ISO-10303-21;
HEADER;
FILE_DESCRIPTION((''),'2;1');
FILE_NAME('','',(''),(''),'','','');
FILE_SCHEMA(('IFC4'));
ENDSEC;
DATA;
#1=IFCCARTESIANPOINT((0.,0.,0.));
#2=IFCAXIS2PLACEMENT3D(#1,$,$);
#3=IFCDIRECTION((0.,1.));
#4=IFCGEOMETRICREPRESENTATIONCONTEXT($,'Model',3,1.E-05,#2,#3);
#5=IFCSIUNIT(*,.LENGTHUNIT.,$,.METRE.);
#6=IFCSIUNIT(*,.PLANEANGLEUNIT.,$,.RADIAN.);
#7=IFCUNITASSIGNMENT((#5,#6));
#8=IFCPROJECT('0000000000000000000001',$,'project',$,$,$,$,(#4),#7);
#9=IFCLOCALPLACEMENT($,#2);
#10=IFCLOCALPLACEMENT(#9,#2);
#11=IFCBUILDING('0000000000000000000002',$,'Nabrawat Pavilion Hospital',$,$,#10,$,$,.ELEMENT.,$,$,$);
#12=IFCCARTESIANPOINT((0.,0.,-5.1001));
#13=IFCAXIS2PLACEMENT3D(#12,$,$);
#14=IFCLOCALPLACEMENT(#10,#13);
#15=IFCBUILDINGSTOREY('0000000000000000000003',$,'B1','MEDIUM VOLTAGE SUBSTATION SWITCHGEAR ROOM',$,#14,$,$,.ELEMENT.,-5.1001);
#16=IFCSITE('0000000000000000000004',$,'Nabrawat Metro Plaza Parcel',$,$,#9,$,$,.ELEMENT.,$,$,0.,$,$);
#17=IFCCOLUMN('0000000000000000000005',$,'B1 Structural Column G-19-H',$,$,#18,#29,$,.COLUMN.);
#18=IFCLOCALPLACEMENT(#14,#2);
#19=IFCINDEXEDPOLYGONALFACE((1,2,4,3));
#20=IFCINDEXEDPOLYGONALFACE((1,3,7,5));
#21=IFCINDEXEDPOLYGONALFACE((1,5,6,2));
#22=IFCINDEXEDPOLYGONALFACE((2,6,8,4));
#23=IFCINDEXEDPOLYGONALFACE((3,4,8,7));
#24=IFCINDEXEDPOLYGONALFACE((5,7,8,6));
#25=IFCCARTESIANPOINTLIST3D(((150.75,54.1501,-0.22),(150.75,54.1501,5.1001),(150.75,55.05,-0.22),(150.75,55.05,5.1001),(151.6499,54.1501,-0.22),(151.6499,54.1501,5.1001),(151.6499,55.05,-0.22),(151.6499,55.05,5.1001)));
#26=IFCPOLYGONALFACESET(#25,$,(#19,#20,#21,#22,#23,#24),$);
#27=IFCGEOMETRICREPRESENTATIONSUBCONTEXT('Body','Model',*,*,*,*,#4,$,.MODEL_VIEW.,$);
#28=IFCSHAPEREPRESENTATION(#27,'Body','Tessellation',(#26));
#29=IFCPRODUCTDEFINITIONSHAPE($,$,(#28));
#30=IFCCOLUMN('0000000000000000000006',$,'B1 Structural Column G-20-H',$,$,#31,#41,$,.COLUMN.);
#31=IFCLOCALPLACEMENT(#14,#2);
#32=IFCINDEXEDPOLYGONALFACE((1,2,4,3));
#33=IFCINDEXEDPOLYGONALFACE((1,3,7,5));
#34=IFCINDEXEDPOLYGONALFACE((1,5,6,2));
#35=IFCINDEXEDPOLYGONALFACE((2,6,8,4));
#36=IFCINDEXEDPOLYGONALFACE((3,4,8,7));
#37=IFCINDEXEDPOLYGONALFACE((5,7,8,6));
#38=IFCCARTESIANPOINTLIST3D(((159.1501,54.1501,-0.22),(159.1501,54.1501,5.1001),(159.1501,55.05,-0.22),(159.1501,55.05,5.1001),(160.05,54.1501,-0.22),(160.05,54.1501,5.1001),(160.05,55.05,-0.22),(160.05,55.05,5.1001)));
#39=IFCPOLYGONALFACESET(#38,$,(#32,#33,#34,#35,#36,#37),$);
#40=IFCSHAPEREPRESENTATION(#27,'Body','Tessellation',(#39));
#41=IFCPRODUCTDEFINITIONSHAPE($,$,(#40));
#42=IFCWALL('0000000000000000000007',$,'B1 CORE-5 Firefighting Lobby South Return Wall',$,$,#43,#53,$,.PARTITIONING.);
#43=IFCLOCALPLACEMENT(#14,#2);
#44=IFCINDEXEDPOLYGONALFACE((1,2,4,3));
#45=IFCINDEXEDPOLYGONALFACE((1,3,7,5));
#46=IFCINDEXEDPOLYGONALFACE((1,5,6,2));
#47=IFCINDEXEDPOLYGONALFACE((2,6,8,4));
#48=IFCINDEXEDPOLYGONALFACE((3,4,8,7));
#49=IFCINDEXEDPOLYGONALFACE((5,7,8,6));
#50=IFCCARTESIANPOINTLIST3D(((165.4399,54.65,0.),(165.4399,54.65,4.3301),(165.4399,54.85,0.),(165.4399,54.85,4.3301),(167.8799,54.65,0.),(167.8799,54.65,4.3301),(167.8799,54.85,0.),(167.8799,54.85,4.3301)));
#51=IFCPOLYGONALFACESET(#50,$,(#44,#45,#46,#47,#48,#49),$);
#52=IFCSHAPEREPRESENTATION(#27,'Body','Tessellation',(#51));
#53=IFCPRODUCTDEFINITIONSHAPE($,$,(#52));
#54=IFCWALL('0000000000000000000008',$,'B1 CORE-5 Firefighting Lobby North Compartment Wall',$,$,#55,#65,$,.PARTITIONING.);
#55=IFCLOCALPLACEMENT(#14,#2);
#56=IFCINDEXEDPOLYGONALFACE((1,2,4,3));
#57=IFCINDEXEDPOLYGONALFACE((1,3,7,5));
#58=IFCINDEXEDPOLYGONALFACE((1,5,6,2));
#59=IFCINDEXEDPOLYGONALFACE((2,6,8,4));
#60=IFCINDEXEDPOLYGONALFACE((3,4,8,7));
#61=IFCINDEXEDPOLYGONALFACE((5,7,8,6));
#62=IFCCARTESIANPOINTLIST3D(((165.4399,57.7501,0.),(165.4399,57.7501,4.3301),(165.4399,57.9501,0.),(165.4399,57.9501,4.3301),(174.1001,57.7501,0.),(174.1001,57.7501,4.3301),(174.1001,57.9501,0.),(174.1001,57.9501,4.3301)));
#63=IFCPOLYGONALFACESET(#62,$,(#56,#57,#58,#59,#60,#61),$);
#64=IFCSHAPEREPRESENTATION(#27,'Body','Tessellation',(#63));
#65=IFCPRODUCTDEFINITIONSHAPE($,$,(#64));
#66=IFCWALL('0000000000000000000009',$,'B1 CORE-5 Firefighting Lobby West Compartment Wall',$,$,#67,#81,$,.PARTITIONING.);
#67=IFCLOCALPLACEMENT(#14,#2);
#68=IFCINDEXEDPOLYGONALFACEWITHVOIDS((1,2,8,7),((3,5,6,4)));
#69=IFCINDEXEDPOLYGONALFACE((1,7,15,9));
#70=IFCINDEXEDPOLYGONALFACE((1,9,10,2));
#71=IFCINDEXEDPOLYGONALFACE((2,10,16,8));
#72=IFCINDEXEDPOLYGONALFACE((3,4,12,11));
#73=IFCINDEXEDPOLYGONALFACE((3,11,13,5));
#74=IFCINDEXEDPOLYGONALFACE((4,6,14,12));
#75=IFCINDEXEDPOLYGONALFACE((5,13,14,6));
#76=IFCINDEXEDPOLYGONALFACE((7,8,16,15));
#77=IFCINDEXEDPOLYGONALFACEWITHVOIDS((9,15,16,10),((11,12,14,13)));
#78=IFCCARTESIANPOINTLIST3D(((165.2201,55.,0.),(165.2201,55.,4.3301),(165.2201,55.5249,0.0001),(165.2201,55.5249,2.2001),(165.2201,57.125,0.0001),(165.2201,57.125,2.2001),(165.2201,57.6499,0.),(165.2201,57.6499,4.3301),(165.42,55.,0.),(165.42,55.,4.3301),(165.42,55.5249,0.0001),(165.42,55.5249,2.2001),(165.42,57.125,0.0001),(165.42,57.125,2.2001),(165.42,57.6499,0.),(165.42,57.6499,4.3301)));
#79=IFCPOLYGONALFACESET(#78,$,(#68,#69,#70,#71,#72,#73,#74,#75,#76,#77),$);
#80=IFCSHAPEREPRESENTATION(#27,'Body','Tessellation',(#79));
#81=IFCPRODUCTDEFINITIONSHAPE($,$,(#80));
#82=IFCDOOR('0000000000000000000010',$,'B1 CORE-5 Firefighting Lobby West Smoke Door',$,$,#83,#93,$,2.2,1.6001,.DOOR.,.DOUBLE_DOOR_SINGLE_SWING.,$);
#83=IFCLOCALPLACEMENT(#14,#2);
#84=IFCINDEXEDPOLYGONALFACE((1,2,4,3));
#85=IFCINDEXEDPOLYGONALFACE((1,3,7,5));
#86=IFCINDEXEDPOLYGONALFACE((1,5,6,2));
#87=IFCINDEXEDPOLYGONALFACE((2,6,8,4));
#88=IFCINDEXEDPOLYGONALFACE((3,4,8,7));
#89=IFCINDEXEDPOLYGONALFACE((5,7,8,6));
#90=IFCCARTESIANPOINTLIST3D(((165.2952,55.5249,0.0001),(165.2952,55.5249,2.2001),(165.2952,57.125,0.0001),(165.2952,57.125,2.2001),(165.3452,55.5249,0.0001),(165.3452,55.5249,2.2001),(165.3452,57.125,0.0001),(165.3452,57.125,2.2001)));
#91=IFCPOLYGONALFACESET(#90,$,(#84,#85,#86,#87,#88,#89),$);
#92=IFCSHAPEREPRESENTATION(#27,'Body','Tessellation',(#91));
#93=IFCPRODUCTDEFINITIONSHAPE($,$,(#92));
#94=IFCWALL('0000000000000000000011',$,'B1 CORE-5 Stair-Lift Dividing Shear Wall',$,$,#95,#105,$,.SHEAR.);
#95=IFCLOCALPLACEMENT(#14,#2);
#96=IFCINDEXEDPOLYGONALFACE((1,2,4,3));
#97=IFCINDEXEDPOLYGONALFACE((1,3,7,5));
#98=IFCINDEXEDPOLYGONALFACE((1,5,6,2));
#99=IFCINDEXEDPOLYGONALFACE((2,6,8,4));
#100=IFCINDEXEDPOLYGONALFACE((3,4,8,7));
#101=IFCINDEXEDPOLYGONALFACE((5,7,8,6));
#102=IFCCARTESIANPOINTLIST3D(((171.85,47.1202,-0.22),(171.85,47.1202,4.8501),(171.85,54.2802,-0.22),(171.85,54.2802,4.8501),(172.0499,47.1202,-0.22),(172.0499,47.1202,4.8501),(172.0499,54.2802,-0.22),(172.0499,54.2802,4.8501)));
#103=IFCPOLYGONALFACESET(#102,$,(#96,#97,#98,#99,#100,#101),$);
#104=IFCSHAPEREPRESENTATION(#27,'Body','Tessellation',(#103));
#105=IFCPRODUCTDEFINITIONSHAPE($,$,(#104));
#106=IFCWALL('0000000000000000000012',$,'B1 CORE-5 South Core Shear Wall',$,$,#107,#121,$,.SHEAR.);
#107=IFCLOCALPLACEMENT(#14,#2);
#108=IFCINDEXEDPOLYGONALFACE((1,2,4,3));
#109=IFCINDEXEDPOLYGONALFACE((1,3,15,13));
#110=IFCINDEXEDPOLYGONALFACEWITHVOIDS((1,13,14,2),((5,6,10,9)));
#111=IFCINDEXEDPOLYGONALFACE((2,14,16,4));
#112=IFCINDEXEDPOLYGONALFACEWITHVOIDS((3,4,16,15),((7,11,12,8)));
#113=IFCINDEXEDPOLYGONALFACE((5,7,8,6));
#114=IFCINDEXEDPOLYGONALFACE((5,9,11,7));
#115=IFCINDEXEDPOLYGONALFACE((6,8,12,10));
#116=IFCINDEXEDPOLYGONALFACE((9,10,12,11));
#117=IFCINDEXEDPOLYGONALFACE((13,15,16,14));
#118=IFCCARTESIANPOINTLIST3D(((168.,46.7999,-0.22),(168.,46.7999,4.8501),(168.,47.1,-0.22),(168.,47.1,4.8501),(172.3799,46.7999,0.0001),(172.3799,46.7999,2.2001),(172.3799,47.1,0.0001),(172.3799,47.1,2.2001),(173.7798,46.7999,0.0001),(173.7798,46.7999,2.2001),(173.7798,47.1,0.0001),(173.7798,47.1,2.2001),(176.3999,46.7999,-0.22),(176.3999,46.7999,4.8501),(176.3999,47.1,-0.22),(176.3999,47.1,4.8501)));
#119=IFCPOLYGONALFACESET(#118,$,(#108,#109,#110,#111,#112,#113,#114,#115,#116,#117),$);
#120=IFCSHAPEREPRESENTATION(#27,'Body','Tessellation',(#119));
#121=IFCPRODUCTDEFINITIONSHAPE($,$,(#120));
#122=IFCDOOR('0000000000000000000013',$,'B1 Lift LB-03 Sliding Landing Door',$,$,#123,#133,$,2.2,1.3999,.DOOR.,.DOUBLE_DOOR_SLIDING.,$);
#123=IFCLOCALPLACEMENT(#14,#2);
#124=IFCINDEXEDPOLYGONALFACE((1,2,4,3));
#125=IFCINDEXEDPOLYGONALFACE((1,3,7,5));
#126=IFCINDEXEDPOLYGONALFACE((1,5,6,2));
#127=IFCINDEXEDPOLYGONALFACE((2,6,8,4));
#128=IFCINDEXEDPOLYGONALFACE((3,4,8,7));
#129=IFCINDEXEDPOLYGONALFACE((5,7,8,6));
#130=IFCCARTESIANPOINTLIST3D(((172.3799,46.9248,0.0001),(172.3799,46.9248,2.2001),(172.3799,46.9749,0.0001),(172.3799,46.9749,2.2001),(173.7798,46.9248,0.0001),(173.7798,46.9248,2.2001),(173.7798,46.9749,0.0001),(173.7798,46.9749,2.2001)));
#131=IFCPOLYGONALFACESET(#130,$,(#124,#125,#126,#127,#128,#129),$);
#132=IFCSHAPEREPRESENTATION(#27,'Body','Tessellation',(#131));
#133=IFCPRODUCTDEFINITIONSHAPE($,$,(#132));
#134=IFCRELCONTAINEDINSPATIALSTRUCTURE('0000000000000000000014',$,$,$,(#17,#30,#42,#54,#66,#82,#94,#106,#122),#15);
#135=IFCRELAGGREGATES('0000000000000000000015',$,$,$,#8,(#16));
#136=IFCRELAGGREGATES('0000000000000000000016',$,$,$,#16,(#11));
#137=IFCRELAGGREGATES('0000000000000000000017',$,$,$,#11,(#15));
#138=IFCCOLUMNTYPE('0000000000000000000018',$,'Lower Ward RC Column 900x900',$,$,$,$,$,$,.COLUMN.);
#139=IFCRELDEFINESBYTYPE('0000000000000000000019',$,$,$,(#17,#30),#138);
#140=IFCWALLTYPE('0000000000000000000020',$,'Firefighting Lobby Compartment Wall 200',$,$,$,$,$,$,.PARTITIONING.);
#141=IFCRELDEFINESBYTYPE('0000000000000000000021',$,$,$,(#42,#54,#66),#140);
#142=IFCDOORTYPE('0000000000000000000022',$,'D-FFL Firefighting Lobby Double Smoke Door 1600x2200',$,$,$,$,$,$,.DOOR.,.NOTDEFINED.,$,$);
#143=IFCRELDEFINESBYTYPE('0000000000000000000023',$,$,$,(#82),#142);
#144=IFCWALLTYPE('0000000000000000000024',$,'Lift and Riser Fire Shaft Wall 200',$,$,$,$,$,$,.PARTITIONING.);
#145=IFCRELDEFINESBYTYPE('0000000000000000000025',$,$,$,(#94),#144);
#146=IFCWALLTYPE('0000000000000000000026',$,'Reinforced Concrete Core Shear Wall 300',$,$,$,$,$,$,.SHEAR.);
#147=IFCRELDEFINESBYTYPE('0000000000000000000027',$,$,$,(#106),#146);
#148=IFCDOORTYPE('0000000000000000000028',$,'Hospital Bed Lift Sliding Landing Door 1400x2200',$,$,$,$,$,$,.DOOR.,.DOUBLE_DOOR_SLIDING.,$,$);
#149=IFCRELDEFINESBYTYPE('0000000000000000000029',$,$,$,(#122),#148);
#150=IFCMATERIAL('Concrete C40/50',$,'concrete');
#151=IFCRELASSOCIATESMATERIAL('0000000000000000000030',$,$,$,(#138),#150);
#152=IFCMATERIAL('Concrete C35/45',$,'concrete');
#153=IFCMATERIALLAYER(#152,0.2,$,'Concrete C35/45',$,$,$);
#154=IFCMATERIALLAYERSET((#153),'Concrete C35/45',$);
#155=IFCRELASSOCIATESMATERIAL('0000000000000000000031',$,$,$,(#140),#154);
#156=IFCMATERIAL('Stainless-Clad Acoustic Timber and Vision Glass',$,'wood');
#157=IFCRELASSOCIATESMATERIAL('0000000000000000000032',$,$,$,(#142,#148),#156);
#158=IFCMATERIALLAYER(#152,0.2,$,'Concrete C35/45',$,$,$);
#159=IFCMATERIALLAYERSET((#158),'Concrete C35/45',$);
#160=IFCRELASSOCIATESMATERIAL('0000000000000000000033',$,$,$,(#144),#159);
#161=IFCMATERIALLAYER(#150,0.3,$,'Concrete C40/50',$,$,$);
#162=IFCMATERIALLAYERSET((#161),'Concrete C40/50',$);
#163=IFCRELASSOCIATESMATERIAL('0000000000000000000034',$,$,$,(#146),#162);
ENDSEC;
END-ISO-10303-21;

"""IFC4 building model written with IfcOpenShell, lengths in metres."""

from ifc_helpers import new_model, si_unit, direction, frame, frame_2d, origin, origin_2d, place, context, subcontext, project, spatial, rectangle, extrude, material, layer, layer_set, material_profile, profile_set, type_object, element, fill, save


model = new_model("IFC4")

# Units and contexts
model_context = context("Model", 3, precision=1e-05, world=origin(), true_north=direction((0.0, 1.0)))
body_context = subcontext(model_context, "Body", "Model", "MODEL_VIEW")
ifc_project = project(units=[si_unit("LENGTHUNIT", "METRE"), si_unit("PLANEANGLEUNIT", "RADIAN")], contexts=[model_context])

# Site, building, storey
site_placement = place(None, origin())
site = spatial("IfcSite", under=ifc_project, at=site_placement, Name="Nabrawat Metro Plaza Parcel", CompositionType="ELEMENT", RefElevation=0.0)
building_placement = place(site_placement, origin())
building = spatial("IfcBuilding", under=site, at=building_placement, Name="Nabrawat Pavilion Hospital", CompositionType="ELEMENT")
storey_placement = place(building_placement, frame((0.0, 0.0, -5.1001)))
storey = spatial("IfcBuildingStorey", under=building, at=storey_placement, Name="B1", Description="MEDIUM VOLTAGE SUBSTATION SWITCHGEAR ROOM", CompositionType="ELEMENT", Elevation=-5.1001)

# Shared definitions
ifc_material_1 = material(Name="Concrete C35/45", Category="concrete")

# Columns
ifc_material_2 = material(Name="Concrete C40/50", Category="concrete")
ifc_material_profile_1 = material_profile(ifc_material_2, rectangle(XDim=0.8999, YDim=0.8999, at=origin_2d()), Name="RC 900x900")
ifc_profile_set_1 = profile_set([ifc_material_profile_1], Name="Concrete C40/50")
column_type_1 = type_object("IfcColumnType", Name="Lower Ward RC Column 900x900", PredefinedType="COLUMN", material=ifc_profile_set_1)
for number, where, z_axis, x_axis, name in (
    (1, (151.2, 54.6001, -0.22), (0.0, 0.0, 1.0), (1.0, 0.0, 0.0), "B1 Structural Column G-19-H"),
    (2, (159.6001, 54.6001, -0.22), (0.0, 0.0, 1.0), (1.0, 0.0, 0.0), "B1 Structural Column G-20-H"),
):
    element("IfcColumn", number, at=place(storey_placement, frame(where, z_axis=z_axis, x_axis=x_axis)), inside=storey, type_object=column_type_1, Name=name, PredefinedType="COLUMN", context=body_context, shape_type="SweptSolid", body=[
        extrude(rectangle(XDim=0.8999, YDim=0.8999, at=origin_2d()), origin(), (0.0, 0.0, 1.0), 5.3201),
    ])

# Walls
ifc_layer_1 = layer(ifc_material_1, 0.2, Name="Concrete C35/45")
ifc_layer_set_1 = layer_set([ifc_layer_1], Name="Concrete C35/45")
wall_type_1 = type_object("IfcWallType", Name="Firefighting Lobby Compartment Wall 200", PredefinedType="PARTITIONING", material=ifc_layer_set_1)
wall_1_placement = place(storey_placement, frame((165.4399, 54.75, 0.0), z_axis=(0.0, 0.0, 1.0), x_axis=(1.0, 0.0, 0.0)))
element("IfcWall", 3, at=wall_1_placement, inside=storey, type_object=wall_type_1, Name="B1 CORE-5 Firefighting Lobby South Return Wall", PredefinedType="PARTITIONING", context=body_context, shape_type="SweptSolid", body=[
    extrude(rectangle(XDim=2.4399, YDim=0.2, at=frame_2d((1.22, 0.0))), origin(), (0.0, 0.0, 1.0), 4.3301),
])
wall_2_placement = place(storey_placement, frame((165.4399, 57.8501, 0.0), z_axis=(0.0, 0.0, 1.0), x_axis=(1.0, 0.0, 0.0)))
element("IfcWall", 4, at=wall_2_placement, inside=storey, type_object=wall_type_1, Name="B1 CORE-5 Firefighting Lobby North Compartment Wall", PredefinedType="PARTITIONING", context=body_context, shape_type="SweptSolid", body=[
    extrude(rectangle(XDim=8.6602, YDim=0.2, at=frame_2d((4.3301, 0.0))), origin(), (0.0, 0.0, 1.0), 4.3301),
])

# Wall, opening, door
wall_3_placement = place(storey_placement, frame((165.3201, 55.0, 0.0), z_axis=(0.0, 0.0, 1.0), x_axis=(0.0, 1.0, 0.0)))
wall_3 = element("IfcWall", 5, at=wall_3_placement, inside=storey, type_object=wall_type_1, Name="B1 CORE-5 Firefighting Lobby West Compartment Wall", PredefinedType="PARTITIONING", context=body_context, shape_type="SweptSolid", body=[
    extrude(rectangle(XDim=2.6499, YDim=0.2, at=frame_2d((1.325, 0.0))), origin(), (0.0, 0.0, 1.0), 4.3301),
])
opening_1_placement = place(wall_3_placement, frame((0.5249, 0.0, 0.0)))
opening_1 = element("IfcOpeningElement", 6, at=opening_1_placement, cuts=wall_3, PredefinedType="OPENING", context=body_context, shape_type="SweptSolid", body=[
    extrude(rectangle(XDim=1.6001, YDim=2.2, at=frame_2d((0.8, 1.1001))), frame((0.0, 0.1099, 0.0), z_axis=(0.0, -1.0, 0.0), x_axis=(1.0, 0.0, 0.0)), (0.0, 0.0, 1.0), 0.22),
])
ifc_material_3 = material(Name="Stainless-Clad Acoustic Timber and Vision Glass", Category="wood")
door_type_1 = type_object("IfcDoorType", Name="D-FFL Firefighting Lobby Double Smoke Door 1600x2200", OperationType="NOTDEFINED", PredefinedType="DOOR", material=ifc_material_3)
door_1_placement = place(opening_1_placement, origin())
door_1 = element("IfcDoor", 7, at=door_1_placement, inside=storey, type_object=door_type_1, Name="B1 CORE-5 Firefighting Lobby West Smoke Door", OperationType="DOUBLE_DOOR_SINGLE_SWING", OverallHeight=2.2, OverallWidth=1.6001, PredefinedType="DOOR", context=body_context, shape_type="SweptSolid", body=[
    extrude(rectangle(XDim=1.6001, YDim=2.2, at=frame_2d((0.8, 1.1001))), frame((0.0, 0.0249, 0.0), z_axis=(0.0, -1.0, 0.0), x_axis=(1.0, 0.0, 0.0)), (0.0, 0.0, 1.0), 0.05),
])
fill(opening_1, door_1)

# Wall
ifc_layer_2 = layer(ifc_material_1, 0.2, Name="Concrete C35/45")
ifc_layer_set_2 = layer_set([ifc_layer_2], Name="Concrete C35/45")
wall_type_2 = type_object("IfcWallType", Name="Lift and Riser Fire Shaft Wall 200", PredefinedType="PARTITIONING", material=ifc_layer_set_2)
wall_4_placement = place(storey_placement, frame((171.95, 47.1201, -0.22), z_axis=(0.0, 0.0, 1.0), x_axis=(0.0, 1.0, 0.0)))
element("IfcWall", 8, at=wall_4_placement, inside=storey, type_object=wall_type_2, Name="B1 CORE-5 Stair-Lift Dividing Shear Wall", PredefinedType="SHEAR", context=body_context, shape_type="SweptSolid", body=[
    extrude(rectangle(XDim=7.1599, YDim=0.2, at=frame_2d((3.5801, 0.0))), origin(), (0.0, 0.0, 1.0), 5.0701),
])

# Wall, opening, door
ifc_layer_3 = layer(ifc_material_2, 0.3, Name="Concrete C40/50")
ifc_layer_set_3 = layer_set([ifc_layer_3], Name="Concrete C40/50")
wall_type_3 = type_object("IfcWallType", Name="Reinforced Concrete Core Shear Wall 300", PredefinedType="SHEAR", material=ifc_layer_set_3)
wall_5_placement = place(storey_placement, frame((168.0, 46.95, -0.22), z_axis=(0.0, 0.0, 1.0), x_axis=(1.0, 0.0, 0.0)))
wall_5 = element("IfcWall", 9, at=wall_5_placement, inside=storey, type_object=wall_type_3, Name="B1 CORE-5 South Core Shear Wall", PredefinedType="SHEAR", context=body_context, shape_type="SweptSolid", body=[
    extrude(rectangle(XDim=8.3999, YDim=0.3, at=frame_2d((4.2, 0.0))), origin(), (0.0, 0.0, 1.0), 5.0701),
])
opening_2_placement = place(wall_5_placement, frame((4.3799, 0.0, 0.22)))
opening_2 = element("IfcOpeningElement", 10, at=opening_2_placement, cuts=wall_5, PredefinedType="OPENING", context=body_context, shape_type="SweptSolid", body=[
    extrude(rectangle(XDim=1.3999, YDim=2.2, at=frame_2d((0.7, 1.1001))), frame((0.0, 0.1602, 0.0), z_axis=(0.0, -1.0, 0.0), x_axis=(1.0, 0.0, 0.0)), (0.0, 0.0, 1.0), 0.3201),
])
door_type_2 = type_object("IfcDoorType", Name="Hospital Bed Lift Sliding Landing Door 1400x2200", OperationType="DOUBLE_DOOR_SLIDING", PredefinedType="DOOR", material=ifc_material_3)
door_2_placement = place(opening_2_placement, origin())
door_2 = element("IfcDoor", 11, at=door_2_placement, inside=storey, type_object=door_type_2, Name="B1 Lift LB-03 Sliding Landing Door", OperationType="DOUBLE_DOOR_SLIDING", OverallHeight=2.2, OverallWidth=1.3999, PredefinedType="DOOR", context=body_context, shape_type="SweptSolid", body=[
    extrude(rectangle(XDim=1.3999, YDim=2.2, at=frame_2d((0.7, 1.1001))), frame((0.0, 0.0249, 0.0), z_axis=(0.0, -1.0, 0.0), x_axis=(1.0, 0.0, 0.0)), (0.0, 0.0, 1.0), 0.05),
])
fill(opening_2, door_2)

save(model, "model.ifc")
